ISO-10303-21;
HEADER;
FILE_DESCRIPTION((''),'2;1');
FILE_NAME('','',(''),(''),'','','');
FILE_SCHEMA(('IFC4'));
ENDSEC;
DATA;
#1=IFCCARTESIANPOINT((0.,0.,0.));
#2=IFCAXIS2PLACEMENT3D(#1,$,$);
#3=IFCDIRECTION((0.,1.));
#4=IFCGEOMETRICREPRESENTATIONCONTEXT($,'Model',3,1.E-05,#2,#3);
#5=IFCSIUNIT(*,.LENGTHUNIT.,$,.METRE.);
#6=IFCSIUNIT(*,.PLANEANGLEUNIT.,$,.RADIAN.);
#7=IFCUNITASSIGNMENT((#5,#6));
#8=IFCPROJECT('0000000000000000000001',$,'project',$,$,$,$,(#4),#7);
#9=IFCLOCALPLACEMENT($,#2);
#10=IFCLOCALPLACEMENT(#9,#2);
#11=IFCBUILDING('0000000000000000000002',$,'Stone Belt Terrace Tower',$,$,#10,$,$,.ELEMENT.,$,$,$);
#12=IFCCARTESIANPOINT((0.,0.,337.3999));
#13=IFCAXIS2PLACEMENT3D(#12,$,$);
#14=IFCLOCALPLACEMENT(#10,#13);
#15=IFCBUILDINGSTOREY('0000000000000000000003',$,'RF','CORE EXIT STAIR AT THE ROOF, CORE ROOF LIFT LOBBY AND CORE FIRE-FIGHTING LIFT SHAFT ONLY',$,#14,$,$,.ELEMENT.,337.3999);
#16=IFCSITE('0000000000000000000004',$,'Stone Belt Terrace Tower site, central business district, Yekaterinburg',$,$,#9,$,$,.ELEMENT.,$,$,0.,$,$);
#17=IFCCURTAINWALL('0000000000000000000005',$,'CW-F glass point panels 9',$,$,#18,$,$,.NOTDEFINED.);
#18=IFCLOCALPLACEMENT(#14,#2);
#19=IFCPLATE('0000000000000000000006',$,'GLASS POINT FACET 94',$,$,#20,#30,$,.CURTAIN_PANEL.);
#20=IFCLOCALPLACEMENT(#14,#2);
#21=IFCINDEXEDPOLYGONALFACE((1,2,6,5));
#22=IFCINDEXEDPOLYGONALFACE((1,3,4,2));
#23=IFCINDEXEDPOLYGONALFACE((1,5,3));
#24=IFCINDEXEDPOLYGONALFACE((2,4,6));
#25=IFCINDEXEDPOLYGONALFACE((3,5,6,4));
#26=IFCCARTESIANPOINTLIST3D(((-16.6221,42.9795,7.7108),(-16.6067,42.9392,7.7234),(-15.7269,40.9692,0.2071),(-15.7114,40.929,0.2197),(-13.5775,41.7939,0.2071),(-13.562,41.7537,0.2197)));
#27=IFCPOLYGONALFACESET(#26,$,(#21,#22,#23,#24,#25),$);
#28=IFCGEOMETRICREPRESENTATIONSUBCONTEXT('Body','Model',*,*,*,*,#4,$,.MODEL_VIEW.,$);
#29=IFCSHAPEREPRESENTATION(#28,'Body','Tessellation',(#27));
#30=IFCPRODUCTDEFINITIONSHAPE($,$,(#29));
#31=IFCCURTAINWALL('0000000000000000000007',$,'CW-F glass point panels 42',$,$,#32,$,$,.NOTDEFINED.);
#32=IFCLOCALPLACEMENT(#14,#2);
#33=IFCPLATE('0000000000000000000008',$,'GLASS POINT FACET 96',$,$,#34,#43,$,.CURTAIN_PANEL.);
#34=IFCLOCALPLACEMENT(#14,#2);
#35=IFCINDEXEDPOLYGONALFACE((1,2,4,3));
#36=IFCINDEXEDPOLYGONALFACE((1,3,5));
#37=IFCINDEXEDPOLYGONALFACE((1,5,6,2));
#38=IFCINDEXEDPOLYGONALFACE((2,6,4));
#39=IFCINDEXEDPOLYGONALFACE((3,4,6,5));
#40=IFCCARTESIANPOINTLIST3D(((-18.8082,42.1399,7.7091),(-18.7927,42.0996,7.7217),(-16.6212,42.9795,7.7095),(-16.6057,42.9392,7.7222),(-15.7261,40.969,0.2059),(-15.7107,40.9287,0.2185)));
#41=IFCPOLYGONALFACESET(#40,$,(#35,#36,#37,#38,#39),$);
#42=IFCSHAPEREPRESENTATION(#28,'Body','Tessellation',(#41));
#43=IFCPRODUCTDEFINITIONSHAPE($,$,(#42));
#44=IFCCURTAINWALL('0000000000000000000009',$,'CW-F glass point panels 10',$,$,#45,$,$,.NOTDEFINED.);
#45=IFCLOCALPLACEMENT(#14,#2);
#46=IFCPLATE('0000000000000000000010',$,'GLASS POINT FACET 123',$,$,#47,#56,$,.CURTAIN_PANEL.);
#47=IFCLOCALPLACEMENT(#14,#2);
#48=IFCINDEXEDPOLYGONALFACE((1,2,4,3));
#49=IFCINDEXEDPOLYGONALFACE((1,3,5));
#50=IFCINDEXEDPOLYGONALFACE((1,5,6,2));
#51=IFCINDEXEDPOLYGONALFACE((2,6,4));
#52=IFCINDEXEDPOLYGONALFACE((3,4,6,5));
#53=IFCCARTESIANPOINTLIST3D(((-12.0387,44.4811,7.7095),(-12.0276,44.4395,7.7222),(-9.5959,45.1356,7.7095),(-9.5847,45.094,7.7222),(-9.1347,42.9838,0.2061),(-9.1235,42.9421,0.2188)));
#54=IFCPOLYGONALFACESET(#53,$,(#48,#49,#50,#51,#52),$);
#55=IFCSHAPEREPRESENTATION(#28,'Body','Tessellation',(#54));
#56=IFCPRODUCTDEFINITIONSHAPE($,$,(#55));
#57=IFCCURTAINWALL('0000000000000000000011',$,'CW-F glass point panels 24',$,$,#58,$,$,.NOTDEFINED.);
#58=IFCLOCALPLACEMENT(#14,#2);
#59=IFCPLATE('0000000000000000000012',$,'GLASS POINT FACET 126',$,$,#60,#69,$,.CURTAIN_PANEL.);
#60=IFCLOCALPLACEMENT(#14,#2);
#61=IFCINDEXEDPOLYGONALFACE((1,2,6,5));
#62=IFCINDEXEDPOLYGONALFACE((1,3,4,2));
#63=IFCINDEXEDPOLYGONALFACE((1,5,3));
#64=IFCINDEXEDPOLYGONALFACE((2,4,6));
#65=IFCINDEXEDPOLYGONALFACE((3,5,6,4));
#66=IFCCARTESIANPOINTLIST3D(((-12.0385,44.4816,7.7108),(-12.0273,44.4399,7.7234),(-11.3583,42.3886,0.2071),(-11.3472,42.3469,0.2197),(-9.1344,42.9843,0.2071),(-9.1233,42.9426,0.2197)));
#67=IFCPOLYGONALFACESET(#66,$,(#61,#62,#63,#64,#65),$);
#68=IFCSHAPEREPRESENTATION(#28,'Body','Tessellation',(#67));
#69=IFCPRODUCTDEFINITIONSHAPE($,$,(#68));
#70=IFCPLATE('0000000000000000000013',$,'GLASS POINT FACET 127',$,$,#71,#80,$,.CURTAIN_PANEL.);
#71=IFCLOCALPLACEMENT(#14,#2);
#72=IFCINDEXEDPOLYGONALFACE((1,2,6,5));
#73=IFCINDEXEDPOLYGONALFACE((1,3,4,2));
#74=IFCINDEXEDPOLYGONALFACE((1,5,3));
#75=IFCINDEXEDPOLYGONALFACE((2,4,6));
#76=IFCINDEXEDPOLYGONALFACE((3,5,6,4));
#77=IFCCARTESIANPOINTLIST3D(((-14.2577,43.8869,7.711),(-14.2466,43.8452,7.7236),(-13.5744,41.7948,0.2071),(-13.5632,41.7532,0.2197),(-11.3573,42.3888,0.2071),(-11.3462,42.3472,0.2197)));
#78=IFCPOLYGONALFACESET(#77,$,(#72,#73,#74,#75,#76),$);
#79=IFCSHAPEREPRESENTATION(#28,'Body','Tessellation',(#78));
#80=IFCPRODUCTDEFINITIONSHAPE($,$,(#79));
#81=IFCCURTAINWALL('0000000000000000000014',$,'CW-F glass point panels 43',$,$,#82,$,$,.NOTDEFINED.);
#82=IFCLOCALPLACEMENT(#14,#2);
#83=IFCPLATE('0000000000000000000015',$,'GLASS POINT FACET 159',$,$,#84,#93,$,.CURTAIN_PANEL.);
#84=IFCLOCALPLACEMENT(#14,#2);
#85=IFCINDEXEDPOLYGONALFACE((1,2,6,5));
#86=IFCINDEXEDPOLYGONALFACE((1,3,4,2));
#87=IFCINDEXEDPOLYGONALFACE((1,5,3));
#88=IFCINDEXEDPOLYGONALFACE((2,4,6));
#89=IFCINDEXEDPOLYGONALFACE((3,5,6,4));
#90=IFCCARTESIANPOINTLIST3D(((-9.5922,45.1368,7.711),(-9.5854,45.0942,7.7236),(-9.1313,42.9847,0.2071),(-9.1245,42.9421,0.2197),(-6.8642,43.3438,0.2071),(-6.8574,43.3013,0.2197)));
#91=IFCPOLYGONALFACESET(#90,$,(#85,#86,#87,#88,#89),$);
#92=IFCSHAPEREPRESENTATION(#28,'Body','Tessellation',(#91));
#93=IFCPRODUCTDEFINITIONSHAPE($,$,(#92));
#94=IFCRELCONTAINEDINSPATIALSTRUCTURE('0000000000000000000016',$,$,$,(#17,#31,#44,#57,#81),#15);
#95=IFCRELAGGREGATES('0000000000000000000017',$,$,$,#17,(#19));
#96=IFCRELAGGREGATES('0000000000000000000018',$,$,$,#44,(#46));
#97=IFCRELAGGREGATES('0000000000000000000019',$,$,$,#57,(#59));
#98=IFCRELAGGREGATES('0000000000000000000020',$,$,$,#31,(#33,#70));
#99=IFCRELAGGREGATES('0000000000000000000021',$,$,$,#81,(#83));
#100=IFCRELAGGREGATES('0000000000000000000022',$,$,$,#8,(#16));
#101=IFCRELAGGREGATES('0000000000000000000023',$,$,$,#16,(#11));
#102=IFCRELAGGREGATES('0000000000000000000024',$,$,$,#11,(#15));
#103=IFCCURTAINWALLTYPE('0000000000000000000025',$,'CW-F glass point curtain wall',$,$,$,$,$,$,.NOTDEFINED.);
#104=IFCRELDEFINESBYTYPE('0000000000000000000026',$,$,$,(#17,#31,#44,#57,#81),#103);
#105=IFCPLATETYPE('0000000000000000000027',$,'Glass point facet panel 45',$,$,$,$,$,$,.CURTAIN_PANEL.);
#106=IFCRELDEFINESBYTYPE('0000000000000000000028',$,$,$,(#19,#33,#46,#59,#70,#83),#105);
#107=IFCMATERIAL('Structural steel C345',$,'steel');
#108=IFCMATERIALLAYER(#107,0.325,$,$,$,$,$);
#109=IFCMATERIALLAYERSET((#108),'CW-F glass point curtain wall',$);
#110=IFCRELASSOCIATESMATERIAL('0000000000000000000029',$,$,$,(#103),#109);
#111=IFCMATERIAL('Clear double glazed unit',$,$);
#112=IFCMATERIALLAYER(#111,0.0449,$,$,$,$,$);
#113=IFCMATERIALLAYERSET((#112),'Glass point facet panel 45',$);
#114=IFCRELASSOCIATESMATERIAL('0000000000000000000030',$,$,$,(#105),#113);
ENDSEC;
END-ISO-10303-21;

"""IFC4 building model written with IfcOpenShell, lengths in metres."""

from ifc_helpers import new_model, si_unit, direction, frame, origin, place, context, subcontext, project, spatial, polyline, outline, extrude, material, layer, layer_set, type_object, element, aggregate, save


model = new_model("IFC4")

# Units and contexts
model_context = context("Model", 3, precision=1e-05, world=origin(), true_north=direction((0.0, 1.0)))
body_context = subcontext(model_context, "Body", "Model", "MODEL_VIEW")
ifc_project = project(units=[si_unit("LENGTHUNIT", "METRE"), si_unit("PLANEANGLEUNIT", "RADIAN")], contexts=[model_context])

# Site, building, storey
site_placement = place(None, origin())
site = spatial("IfcSite", under=ifc_project, at=site_placement, Name="Stone Belt Terrace Tower site, central business district, Yekaterinburg", CompositionType="ELEMENT", RefElevation=0.0)
building_placement = place(site_placement, origin())
building = spatial("IfcBuilding", under=site, at=building_placement, Name="Stone Belt Terrace Tower", CompositionType="ELEMENT")
storey_placement = place(building_placement, frame((0.0, 0.0, 337.3999)))
storey = spatial("IfcBuildingStorey", under=building, at=storey_placement, Name="RF", Description="CORE EXIT STAIR AT THE ROOF, CORE ROOF LIFT LOBBY AND CORE FIRE-FIGHTING LIFT SHAFT ONLY", CompositionType="ELEMENT", Elevation=337.3999)

# Shared definitions
ifc_material_1 = material(Name="Structural steel C345", Category="steel")

# Shared definitions
ifc_layer_1 = layer(ifc_material_1, 0.325)
ifc_layer_set_1 = layer_set([ifc_layer_1], Name="CW-F glass point curtain wall")
curtain_wall_type = type_object("IfcCurtainWallType", Name="CW-F glass point curtain wall", PredefinedType="NOTDEFINED", material=ifc_layer_set_1)
ifc_material_2 = material(Name="Clear double glazed unit")
ifc_layer_2 = layer(ifc_material_2, 0.0449)
ifc_layer_set_2 = layer_set([ifc_layer_2], Name="Glass point facet panel 45")
plate_type = type_object("IfcPlateType", Name="Glass point facet panel 45", PredefinedType="CURTAIN_PANEL", material=ifc_layer_set_2)

# Curtain walls, plates
curtain_wall_1_placement = place(storey_placement, origin())
curtain_wall_1 = element("IfcCurtainWall", 1, at=curtain_wall_1_placement, inside=storey, type_object=curtain_wall_type, Name="CW-F glass point panels 9", PredefinedType="NOTDEFINED")
plate_1_placement = place(storey_placement, frame((-13.562, 41.7537, 0.2197), z_axis=(0.343786, -0.896001, 0.281059), x_axis=(-0.933635, -0.358226, 0.0)))
plate_1 = element("IfcPlate", 2, at=plate_1_placement, type_object=plate_type, Name="GLASS POINT FACET 94", PredefinedType="CURTAIN_PANEL", context=body_context, shape_type="SweptSolid", body=[
    extrude(outline(polyline([(0.0, 0.0), (2.3022, 0.0), (2.4179, -7.8188), (0.0, 0.0)])), origin(), (0.0, 0.0, -1.0), 0.0449),
])
aggregate(curtain_wall_1, [plate_1])
curtain_wall_2_placement = place(storey_placement, origin())
curtain_wall_2 = element("IfcCurtainWall", 3, at=curtain_wall_2_placement, inside=storey, type_object=curtain_wall_type, Name="CW-F glass point panels 42", PredefinedType="NOTDEFINED")
plate_2_placement = place(storey_placement, frame((-16.6057, 42.9392, 7.7222), z_axis=(0.343896, -0.895953, 0.281077), x_axis=(0.114457, -0.257106, -0.959581)))
plate_2 = element("IfcPlate", 4, at=plate_2_placement, type_object=plate_type, Name="GLASS POINT FACET 96", PredefinedType="CURTAIN_PANEL", context=body_context, shape_type="SweptSolid", body=[
    extrude(outline(polyline([(0.0, 0.0), (7.8197, 0.0), (-0.034, -2.3424), (0.0, 0.0)])), origin(), (0.0, 0.0, -1.0), 0.0449),
])
curtain_wall_3_placement = place(storey_placement, origin())
curtain_wall_3 = element("IfcCurtainWall", 5, at=curtain_wall_3_placement, inside=storey, type_object=curtain_wall_type, Name="CW-F glass point panels 10", PredefinedType="NOTDEFINED")
plate_3_placement = place(storey_placement, frame((-9.1235, 42.9421, 0.2188), z_axis=(0.248374, -0.926978, 0.281108), x_axis=(-0.354848, 0.182958, 0.916847)))
plate_3 = element("IfcPlate", 6, at=plate_3_placement, type_object=plate_type, Name="GLASS POINT FACET 123", PredefinedType="CURTAIN_PANEL", context=body_context, shape_type="SweptSolid", body=[
    extrude(outline(polyline([(0.0, 0.0), (8.1839, 0.0), (7.4368, -2.4162), (0.0, 0.0)])), origin(), (0.0, 0.0, -1.0), 0.0449),
])
aggregate(curtain_wall_3, [plate_3])
curtain_wall_4_placement = place(storey_placement, origin())
curtain_wall_4 = element("IfcCurtainWall", 7, at=curtain_wall_4_placement, inside=storey, type_object=curtain_wall_type, Name="CW-F glass point panels 24", PredefinedType="NOTDEFINED")
plate_4_placement = place(storey_placement, frame((-9.1233, 42.9426, 0.2197), z_axis=(0.248313, -0.927003, 0.28108), x_axis=(-0.965946, -0.258745, 0.0)))
plate_4 = element("IfcPlate", 8, at=plate_4_placement, type_object=plate_type, Name="GLASS POINT FACET 126", PredefinedType="CURTAIN_PANEL", context=body_context, shape_type="SweptSolid", body=[
    extrude(outline(polyline([(0.0, 0.0), (2.3023, 0.0), (2.4177, -7.8189), (0.0, 0.0)])), origin(), (0.0, 0.0, -1.0), 0.0449),
])
aggregate(curtain_wall_4, [plate_4])

# Plate
plate_5_placement = place(storey_placement, frame((-13.5632, 41.7532, 0.2197), z_axis=(0.248363, -0.926996, 0.281058), x_axis=(-0.087385, 0.267525, 0.95958)))
plate_5 = element("IfcPlate", 9, at=plate_5_placement, type_object=plate_type, Name="GLASS POINT FACET 127", PredefinedType="CURTAIN_PANEL", context=body_context, shape_type="SweptSolid", body=[
    extrude(outline(polyline([(0.0, 0.0), (7.82, 0.0), (-0.0348, -2.295), (0.0, 0.0)])), origin(), (0.0, 0.0, -1.0), 0.0449),
])
aggregate(curtain_wall_2, [plate_2, plate_5])

# Curtain wall, plate
curtain_wall_5_placement = place(storey_placement, origin())
curtain_wall_5 = element("IfcCurtainWall", 10, at=curtain_wall_5_placement, inside=storey, type_object=curtain_wall_type, Name="CW-F glass point panels 43", PredefinedType="NOTDEFINED")
plate_6_placement = place(storey_placement, frame((-9.1245, 42.9421, 0.2197), z_axis=(0.150152, -0.947868, 0.281069), x_axis=(-0.058943, 0.275204, 0.959577)))
plate_6 = element("IfcPlate", 11, at=plate_6_placement, type_object=plate_type, Name="GLASS POINT FACET 159", PredefinedType="CURTAIN_PANEL", context=body_context, shape_type="SweptSolid", body=[
    extrude(outline(polyline([(0.0, 0.0), (7.82, 0.0), (-0.0348, -2.2951), (0.0, 0.0)])), origin(), (0.0, 0.0, -1.0), 0.0449),
])
aggregate(curtain_wall_5, [plate_6])

save(model, "model.ifc")
